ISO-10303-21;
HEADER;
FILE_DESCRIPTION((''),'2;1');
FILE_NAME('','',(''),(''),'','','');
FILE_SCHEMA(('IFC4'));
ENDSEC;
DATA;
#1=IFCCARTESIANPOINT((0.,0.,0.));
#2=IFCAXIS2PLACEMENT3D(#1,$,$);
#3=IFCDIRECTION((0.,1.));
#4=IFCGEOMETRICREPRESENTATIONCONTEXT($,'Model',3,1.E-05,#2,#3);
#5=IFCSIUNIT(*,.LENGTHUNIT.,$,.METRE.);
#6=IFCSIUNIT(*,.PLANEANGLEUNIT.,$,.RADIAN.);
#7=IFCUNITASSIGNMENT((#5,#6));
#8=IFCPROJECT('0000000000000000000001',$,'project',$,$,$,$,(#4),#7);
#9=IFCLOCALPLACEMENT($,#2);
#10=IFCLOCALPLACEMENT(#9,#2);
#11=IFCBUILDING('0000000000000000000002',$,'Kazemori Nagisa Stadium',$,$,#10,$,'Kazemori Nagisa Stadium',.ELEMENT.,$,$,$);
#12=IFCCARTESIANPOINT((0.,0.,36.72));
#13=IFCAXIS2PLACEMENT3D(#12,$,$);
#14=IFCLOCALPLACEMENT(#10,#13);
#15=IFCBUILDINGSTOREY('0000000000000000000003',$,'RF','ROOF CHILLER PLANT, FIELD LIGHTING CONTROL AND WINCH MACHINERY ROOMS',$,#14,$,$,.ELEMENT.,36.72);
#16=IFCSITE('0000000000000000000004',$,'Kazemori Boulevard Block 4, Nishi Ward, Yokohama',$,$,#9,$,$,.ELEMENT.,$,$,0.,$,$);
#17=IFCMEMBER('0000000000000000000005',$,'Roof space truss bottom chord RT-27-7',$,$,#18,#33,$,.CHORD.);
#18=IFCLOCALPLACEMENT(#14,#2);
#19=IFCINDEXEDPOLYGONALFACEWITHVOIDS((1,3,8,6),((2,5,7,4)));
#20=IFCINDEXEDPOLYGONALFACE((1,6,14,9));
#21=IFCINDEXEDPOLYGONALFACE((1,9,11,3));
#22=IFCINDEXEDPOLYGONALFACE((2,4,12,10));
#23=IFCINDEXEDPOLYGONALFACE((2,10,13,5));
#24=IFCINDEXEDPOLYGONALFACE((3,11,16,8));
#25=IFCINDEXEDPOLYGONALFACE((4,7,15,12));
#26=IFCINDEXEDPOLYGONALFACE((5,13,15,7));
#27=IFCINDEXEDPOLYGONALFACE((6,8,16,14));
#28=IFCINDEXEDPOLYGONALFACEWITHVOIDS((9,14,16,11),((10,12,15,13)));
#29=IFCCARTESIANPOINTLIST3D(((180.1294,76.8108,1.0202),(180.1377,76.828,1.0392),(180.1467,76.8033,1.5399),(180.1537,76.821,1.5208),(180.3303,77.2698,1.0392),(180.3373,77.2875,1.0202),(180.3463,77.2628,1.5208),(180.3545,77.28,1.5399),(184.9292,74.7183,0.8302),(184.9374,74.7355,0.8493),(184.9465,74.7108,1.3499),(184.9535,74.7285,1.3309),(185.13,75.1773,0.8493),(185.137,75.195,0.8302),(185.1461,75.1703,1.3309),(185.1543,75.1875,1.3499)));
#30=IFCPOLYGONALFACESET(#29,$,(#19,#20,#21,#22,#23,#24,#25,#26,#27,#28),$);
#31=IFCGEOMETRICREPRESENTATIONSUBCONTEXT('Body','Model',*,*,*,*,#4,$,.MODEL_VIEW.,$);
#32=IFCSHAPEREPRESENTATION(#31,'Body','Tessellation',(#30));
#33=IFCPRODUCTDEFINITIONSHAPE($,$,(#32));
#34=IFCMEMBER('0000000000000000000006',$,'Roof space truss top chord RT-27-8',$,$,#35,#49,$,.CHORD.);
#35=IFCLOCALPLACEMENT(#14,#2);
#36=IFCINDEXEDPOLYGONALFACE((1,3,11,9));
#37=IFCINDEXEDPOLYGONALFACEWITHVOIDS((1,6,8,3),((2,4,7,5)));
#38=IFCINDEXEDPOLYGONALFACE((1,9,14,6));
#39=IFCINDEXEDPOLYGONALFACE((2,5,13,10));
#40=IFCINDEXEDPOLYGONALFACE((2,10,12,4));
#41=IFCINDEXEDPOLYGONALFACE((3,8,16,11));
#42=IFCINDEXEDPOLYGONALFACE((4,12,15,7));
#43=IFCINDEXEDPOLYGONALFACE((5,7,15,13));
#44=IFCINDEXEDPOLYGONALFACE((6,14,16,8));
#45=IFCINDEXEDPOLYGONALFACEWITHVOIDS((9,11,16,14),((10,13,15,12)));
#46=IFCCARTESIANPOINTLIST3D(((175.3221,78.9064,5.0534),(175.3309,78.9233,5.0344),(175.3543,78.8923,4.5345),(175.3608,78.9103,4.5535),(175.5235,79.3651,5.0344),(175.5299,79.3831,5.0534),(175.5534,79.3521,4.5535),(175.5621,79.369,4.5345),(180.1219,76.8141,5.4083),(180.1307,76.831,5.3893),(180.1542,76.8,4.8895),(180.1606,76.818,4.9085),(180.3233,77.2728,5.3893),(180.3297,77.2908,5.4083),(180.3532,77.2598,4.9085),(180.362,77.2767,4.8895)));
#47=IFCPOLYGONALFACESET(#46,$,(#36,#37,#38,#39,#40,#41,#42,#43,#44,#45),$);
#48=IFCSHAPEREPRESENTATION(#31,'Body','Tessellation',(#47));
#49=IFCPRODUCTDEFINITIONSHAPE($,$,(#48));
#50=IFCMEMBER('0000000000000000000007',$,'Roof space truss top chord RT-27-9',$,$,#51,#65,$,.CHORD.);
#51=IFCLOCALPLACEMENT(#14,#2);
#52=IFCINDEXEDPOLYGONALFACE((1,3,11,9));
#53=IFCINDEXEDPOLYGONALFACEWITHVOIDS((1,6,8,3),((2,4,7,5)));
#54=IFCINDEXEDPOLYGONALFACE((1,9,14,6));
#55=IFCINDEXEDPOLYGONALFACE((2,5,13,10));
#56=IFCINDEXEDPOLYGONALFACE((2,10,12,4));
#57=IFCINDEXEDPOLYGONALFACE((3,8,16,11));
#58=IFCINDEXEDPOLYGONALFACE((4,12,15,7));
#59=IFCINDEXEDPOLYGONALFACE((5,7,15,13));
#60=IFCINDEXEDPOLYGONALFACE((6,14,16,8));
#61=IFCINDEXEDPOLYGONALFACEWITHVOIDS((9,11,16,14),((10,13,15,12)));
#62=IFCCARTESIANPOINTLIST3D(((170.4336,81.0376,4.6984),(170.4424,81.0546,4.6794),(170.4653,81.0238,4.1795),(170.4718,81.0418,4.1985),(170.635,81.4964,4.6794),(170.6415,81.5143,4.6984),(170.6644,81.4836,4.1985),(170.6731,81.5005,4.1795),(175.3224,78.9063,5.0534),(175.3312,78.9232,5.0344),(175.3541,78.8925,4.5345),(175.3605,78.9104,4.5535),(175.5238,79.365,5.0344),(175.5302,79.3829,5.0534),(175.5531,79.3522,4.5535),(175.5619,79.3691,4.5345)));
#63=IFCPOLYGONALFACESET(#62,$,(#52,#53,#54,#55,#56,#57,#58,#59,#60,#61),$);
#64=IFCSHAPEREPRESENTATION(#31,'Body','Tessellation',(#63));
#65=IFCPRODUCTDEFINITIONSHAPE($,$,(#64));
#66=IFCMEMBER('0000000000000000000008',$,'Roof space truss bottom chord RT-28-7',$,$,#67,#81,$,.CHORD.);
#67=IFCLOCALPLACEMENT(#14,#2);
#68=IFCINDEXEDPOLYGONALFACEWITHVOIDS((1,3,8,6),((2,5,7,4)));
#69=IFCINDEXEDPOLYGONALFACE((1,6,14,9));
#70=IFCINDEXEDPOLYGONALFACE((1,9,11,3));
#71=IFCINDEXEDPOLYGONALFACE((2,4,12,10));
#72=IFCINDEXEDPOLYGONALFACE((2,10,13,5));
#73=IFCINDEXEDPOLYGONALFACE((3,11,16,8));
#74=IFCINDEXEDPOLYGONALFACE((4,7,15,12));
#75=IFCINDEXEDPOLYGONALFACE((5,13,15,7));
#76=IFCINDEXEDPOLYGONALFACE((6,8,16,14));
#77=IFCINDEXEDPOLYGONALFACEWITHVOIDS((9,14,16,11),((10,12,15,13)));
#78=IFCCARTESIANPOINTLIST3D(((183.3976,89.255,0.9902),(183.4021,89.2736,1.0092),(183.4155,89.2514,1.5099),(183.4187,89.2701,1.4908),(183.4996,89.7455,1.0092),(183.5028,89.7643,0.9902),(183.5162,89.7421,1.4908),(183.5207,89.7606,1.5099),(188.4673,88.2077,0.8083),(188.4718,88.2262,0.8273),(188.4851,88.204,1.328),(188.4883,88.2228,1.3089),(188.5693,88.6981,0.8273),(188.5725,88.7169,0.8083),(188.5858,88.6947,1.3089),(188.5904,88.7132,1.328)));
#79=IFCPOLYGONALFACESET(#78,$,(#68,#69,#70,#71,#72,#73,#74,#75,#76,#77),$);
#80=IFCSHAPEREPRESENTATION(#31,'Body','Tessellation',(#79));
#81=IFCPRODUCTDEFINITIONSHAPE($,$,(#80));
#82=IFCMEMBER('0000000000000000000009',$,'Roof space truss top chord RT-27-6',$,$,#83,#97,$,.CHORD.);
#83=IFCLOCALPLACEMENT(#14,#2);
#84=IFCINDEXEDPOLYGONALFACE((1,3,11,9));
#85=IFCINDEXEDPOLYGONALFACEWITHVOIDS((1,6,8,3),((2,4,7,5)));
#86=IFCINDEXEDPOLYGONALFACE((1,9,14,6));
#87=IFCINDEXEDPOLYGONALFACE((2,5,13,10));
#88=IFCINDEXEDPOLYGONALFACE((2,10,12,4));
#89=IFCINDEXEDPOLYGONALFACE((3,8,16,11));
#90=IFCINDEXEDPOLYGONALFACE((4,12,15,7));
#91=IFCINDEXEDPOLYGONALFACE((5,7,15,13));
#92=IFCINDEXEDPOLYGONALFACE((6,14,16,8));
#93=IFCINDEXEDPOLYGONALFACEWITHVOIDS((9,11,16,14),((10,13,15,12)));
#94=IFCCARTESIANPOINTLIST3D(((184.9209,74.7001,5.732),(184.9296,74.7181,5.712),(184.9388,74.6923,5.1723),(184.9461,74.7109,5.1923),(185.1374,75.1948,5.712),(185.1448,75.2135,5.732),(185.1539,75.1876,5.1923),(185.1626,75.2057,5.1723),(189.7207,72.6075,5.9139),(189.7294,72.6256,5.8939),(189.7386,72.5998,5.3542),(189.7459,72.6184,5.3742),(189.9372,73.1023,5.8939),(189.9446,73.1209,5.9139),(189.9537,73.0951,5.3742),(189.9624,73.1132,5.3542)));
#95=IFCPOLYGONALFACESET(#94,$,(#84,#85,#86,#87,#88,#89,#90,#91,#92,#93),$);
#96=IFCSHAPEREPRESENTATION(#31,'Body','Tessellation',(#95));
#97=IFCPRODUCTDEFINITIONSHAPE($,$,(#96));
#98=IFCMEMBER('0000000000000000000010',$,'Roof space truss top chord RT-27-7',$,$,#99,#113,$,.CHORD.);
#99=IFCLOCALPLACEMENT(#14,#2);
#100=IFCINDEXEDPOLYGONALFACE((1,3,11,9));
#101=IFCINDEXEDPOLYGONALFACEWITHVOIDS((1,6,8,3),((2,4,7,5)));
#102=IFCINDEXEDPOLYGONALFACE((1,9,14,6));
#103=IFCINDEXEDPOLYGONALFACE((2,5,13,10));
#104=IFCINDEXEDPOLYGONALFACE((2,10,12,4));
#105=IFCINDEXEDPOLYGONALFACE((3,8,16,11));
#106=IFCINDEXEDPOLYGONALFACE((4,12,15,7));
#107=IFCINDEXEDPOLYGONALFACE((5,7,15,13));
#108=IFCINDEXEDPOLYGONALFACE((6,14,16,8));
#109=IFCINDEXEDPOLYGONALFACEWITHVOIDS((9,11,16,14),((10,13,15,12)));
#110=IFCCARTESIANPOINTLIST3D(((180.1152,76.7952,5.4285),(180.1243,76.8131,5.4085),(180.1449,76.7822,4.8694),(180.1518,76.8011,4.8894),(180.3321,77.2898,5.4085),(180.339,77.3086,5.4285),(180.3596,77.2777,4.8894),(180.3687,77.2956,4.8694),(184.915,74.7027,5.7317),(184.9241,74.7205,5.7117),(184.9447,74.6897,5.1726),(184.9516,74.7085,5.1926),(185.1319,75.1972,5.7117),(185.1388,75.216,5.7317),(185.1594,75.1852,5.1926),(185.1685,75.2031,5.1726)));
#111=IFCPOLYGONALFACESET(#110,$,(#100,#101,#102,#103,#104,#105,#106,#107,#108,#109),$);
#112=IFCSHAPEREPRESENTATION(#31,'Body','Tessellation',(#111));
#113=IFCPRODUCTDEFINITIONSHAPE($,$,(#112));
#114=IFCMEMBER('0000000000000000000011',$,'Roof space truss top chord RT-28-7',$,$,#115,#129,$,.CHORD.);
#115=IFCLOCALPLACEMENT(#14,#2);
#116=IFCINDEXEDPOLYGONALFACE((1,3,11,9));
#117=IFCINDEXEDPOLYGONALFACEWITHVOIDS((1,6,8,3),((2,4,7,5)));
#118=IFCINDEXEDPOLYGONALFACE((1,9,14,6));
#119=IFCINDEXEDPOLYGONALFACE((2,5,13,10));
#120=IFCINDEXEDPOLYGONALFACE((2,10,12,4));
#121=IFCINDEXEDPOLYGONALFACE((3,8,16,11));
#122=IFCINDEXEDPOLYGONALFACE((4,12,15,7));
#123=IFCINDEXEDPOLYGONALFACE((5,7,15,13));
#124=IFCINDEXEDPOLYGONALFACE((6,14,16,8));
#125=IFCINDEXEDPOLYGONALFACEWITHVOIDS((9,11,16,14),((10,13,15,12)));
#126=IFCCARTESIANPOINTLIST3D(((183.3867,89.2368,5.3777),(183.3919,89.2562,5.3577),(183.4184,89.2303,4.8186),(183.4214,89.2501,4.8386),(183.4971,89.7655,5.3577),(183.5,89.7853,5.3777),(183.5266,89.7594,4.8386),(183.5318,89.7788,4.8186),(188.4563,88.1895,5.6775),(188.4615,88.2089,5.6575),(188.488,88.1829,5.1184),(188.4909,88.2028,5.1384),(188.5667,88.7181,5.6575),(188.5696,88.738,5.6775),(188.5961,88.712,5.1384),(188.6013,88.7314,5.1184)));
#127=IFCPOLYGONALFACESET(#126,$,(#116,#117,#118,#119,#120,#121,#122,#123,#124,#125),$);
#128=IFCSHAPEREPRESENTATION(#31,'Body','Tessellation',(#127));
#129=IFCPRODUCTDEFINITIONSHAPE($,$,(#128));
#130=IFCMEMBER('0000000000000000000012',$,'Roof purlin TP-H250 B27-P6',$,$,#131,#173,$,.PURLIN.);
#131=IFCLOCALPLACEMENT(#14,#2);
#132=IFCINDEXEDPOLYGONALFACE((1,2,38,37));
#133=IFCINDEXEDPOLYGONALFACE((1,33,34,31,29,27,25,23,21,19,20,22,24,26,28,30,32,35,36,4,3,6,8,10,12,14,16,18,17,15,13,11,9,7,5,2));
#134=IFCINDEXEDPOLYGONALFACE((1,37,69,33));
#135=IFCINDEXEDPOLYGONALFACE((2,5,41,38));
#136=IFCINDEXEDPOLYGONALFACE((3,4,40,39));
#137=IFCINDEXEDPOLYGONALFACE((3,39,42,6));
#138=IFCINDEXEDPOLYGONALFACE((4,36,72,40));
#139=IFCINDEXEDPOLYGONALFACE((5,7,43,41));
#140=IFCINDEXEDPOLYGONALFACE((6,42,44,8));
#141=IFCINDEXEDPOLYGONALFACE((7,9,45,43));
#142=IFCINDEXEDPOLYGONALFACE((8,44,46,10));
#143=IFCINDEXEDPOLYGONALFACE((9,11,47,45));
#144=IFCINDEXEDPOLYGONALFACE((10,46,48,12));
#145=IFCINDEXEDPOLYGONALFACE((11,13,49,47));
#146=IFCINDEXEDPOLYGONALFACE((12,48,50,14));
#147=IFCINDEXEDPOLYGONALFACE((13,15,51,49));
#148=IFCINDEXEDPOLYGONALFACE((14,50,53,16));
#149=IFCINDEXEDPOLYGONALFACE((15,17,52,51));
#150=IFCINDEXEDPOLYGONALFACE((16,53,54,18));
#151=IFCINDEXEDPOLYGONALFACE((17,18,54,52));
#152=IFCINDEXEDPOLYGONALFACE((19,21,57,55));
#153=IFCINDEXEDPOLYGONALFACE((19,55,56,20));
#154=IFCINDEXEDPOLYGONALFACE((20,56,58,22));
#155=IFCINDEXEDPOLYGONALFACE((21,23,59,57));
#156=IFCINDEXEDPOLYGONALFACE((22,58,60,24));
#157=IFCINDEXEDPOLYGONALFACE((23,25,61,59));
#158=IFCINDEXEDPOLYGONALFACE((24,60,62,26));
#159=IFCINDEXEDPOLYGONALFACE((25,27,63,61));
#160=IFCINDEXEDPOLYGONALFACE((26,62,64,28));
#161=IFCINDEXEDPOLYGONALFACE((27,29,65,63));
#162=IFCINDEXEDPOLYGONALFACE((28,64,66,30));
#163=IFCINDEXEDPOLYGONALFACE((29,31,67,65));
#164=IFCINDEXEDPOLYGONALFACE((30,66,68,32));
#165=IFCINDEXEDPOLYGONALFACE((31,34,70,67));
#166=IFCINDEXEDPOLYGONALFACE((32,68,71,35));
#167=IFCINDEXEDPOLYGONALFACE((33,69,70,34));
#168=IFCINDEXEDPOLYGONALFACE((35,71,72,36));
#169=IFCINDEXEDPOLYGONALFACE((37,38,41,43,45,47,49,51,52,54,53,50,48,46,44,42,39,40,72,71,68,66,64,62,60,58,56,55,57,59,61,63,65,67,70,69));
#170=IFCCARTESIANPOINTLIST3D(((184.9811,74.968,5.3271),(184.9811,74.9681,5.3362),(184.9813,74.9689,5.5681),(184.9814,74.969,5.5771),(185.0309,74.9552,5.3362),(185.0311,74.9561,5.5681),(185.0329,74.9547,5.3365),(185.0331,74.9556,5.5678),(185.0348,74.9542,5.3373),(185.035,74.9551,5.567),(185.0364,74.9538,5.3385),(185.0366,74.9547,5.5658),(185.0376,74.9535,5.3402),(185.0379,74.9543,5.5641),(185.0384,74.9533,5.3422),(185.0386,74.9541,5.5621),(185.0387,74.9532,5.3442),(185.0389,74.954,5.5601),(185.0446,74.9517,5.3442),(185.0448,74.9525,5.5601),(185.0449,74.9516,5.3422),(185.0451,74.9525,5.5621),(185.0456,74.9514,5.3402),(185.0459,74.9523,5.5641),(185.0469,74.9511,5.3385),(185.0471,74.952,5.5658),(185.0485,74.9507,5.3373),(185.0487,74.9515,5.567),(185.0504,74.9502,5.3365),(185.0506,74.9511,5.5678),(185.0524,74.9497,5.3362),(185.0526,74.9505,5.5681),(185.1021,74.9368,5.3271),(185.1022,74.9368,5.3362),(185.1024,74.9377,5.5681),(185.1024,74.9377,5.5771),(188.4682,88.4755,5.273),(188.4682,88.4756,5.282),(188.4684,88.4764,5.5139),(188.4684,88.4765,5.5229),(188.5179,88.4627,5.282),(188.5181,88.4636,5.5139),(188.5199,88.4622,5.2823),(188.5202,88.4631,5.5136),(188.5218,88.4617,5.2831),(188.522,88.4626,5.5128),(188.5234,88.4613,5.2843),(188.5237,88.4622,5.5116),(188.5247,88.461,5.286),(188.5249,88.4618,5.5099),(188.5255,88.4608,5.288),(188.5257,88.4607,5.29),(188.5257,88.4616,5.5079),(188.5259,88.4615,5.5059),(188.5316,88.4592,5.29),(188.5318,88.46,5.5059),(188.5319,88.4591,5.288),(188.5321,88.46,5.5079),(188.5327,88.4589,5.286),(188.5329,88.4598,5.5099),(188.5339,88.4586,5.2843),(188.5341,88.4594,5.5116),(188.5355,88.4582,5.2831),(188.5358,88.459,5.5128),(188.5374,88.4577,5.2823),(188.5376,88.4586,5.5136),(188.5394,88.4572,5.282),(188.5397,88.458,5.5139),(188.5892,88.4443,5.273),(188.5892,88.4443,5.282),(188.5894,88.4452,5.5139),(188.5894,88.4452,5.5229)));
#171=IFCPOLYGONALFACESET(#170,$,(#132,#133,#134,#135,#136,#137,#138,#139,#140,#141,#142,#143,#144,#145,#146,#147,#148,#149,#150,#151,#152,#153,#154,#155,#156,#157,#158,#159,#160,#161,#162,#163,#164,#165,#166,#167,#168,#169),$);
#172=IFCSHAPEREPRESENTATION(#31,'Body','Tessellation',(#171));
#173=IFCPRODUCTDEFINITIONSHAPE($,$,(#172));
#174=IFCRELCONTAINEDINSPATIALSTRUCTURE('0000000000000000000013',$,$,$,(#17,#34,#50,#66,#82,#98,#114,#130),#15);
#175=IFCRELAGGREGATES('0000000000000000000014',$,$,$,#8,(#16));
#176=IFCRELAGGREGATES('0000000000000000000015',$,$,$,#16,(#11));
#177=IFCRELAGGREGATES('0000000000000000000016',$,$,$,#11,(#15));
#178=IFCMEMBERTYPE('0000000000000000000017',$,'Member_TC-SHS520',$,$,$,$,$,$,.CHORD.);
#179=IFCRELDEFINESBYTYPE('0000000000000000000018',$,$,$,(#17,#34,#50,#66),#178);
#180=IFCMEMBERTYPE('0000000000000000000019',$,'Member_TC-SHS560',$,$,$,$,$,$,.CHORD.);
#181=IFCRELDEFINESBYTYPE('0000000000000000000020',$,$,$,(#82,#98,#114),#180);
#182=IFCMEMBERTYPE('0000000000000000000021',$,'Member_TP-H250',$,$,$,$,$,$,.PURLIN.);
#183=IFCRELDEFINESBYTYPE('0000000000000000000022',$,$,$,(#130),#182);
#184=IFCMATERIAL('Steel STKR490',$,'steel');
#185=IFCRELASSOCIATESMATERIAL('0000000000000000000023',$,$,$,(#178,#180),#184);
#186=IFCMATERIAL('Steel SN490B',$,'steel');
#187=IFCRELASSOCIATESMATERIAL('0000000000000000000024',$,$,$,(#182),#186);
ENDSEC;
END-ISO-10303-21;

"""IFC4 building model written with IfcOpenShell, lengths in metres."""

from ifc_helpers import new_model, si_unit, direction, frame, origin, origin_2d, place, context, subcontext, project, spatial, hollow_rectangle, i_section, extrude, material, material_profile, profile_set, type_object, element, save


model = new_model("IFC4")

# Units and contexts
model_context = context("Model", 3, precision=1e-05, world=origin(), true_north=direction((0.0, 1.0)))
body_context = subcontext(model_context, "Body", "Model", "MODEL_VIEW")
ifc_project = project(units=[si_unit("LENGTHUNIT", "METRE"), si_unit("PLANEANGLEUNIT", "RADIAN")], contexts=[model_context])

# Site, building, storey
site_placement = place(None, origin())
site = spatial("IfcSite", under=ifc_project, at=site_placement, Name="Kazemori Boulevard Block 4, Nishi Ward, Yokohama", CompositionType="ELEMENT", RefElevation=0.0)
building_placement = place(site_placement, origin())
building = spatial("IfcBuilding", under=site, at=building_placement, Name="Kazemori Nagisa Stadium", LongName="Kazemori Nagisa Stadium", CompositionType="ELEMENT")
storey_placement = place(building_placement, frame((0.0, 0.0, 36.72)))
storey = spatial("IfcBuildingStorey", under=building, at=storey_placement, Name="RF", Description="ROOF CHILLER PLANT, FIELD LIGHTING CONTROL AND WINCH MACHINERY ROOMS", CompositionType="ELEMENT", Elevation=36.72)

# Members
ifc_material_1 = material(Name="Steel STKR490", Category="steel")
ifc_material_profile_1 = material_profile(ifc_material_1, hollow_rectangle(XDim=0.52, YDim=0.52, WallThickness=0.019, at=origin_2d()), Name="SHS-520x520x19")
ifc_profile_set_1 = profile_set([ifc_material_profile_1], Name="Steel STKR490")
member_type_1 = type_object("IfcMemberType", Name="Member_TC-SHS520", PredefinedType="CHORD", material=ifc_profile_set_1)
member_1_placement = place(storey_placement, frame((185.0417, 74.9529, 1.0901), z_axis=(-0.916072, 0.399372, 0.036251), x_axis=(-0.399635, -0.916675, 0.0)))
element("IfcMember", 1, at=member_1_placement, inside=storey, type_object=member_type_1, Name="Roof space truss bottom chord RT-27-7", PredefinedType="CHORD", context=body_context, shape_type="SweptSolid", body=[
    extrude(hollow_rectangle(XDim=0.52, YDim=0.52, WallThickness=0.019, at=origin_2d()), origin(), (0.0, 0.0, 1.0), 5.2395),
])
member_2_placement = place(storey_placement, frame((180.2419, 77.0454, 5.1489), z_axis=(-0.914592, 0.39868, -0.067641), x_axis=(-0.399595, -0.916692, 0.0)))
element("IfcMember", 2, at=member_2_placement, inside=storey, type_object=member_type_1, Name="Roof space truss top chord RT-27-8", PredefinedType="CHORD", context=body_context, shape_type="SweptSolid", body=[
    extrude(hollow_rectangle(XDim=0.52, YDim=0.52, WallThickness=0.019, at=origin_2d()), origin(), (0.0, 0.0, 1.0), 5.248),
])
member_3_placement = place(storey_placement, frame((175.4421, 79.1377, 4.7939), z_axis=(-0.914645, 0.398764, -0.066415), x_axis=(-0.399647, -0.916669, 0.0)))
element("IfcMember", 3, at=member_3_placement, inside=storey, type_object=member_type_1, Name="Roof space truss top chord RT-27-9", PredefinedType="CHORD", context=body_context, shape_type="SweptSolid", body=[
    extrude(hollow_rectangle(XDim=0.52, YDim=0.52, WallThickness=0.019, at=origin_2d()), origin(), (0.0, 0.0, 1.0), 5.345),
])
member_4_placement = place(storey_placement, frame((188.5288, 88.4604, 1.0681), z_axis=(-0.978715, 0.2022, 0.035114), x_axis=(-0.202325, -0.979318, 0.0)))
element("IfcMember", 4, at=member_4_placement, inside=storey, type_object=member_type_1, Name="Roof space truss bottom chord RT-28-7", PredefinedType="CHORD", context=body_context, shape_type="SweptSolid", body=[
    extrude(hollow_rectangle(XDim=0.52, YDim=0.52, WallThickness=0.019, at=origin_2d()), origin(), (0.0, 0.0, 1.0), 5.1799),
])
ifc_material_profile_2 = material_profile(ifc_material_1, hollow_rectangle(XDim=0.5601, YDim=0.5601, WallThickness=0.02, at=origin_2d()), Name="SHS-560x560x20")
ifc_profile_set_2 = profile_set([ifc_material_profile_2], Name="Steel STKR490")
member_type_2 = type_object("IfcMemberType", Name="Member_TC-SHS560", PredefinedType="CHORD", material=ifc_profile_set_2)
member_5_placement = place(storey_placement, frame((189.8416, 72.8604, 5.634), z_axis=(-0.916122, 0.399394, -0.034716), x_axis=(-0.399635, -0.916675, 0.0)))
element("IfcMember", 5, at=member_5_placement, inside=storey, type_object=member_type_2, Name="Roof space truss top chord RT-27-6", PredefinedType="CHORD", context=body_context, shape_type="SweptSolid", body=[
    extrude(hollow_rectangle(XDim=0.5601, YDim=0.5601, WallThickness=0.02, at=origin_2d()), origin(), (0.0, 0.0, 1.0), 5.2393),
])
member_6_placement = place(storey_placement, frame((185.0417, 74.9529, 5.4521), z_axis=(-0.915141, 0.398966, -0.057813), x_axis=(-0.399635, -0.916675, 0.0)))
element("IfcMember", 6, at=member_6_placement, inside=storey, type_object=member_type_2, Name="Roof space truss top chord RT-27-7", PredefinedType="CHORD", context=body_context, shape_type="SweptSolid", body=[
    extrude(hollow_rectangle(XDim=0.5601, YDim=0.5601, WallThickness=0.02, at=origin_2d()), origin(), (0.0, 0.0, 1.0), 5.2449),
])
member_7_placement = place(storey_placement, frame((188.5288, 88.4604, 5.3979), z_axis=(-0.97768, 0.201986, -0.057818), x_axis=(-0.202325, -0.979318, 0.0)))
element("IfcMember", 7, at=member_7_placement, inside=storey, type_object=member_type_2, Name="Roof space truss top chord RT-28-7", PredefinedType="CHORD", context=body_context, shape_type="SweptSolid", body=[
    extrude(hollow_rectangle(XDim=0.5601, YDim=0.5601, WallThickness=0.02, at=origin_2d()), origin(), (0.0, 0.0, 1.0), 5.1853),
])
ifc_material_2 = material(Name="Steel SN490B", Category="steel")
ifc_material_profile_3 = material_profile(ifc_material_2, i_section(OverallWidth=0.125, OverallDepth=0.25, WebThickness=0.0061, FlangeThickness=0.009, FilletRadius=0.0081, at=origin_2d()), Name="H-250x125x6x9")
ifc_profile_set_3 = profile_set([ifc_material_profile_3], Name="Steel SN490B")
member_type_3 = type_object("IfcMemberType", Name="Member_TP-H250", PredefinedType="PURLIN", material=ifc_profile_set_3)
member_8_placement = place(storey_placement, frame((185.0417, 74.9529, 5.4521), z_axis=(0.249959, 0.968249, -0.003885), x_axis=(-0.968256, 0.249961, 0.0)))
element("IfcMember", 8, at=member_8_placement, inside=storey, type_object=member_type_3, Name="Roof purlin TP-H250 B27-P6", PredefinedType="PURLIN", context=body_context, shape_type="SweptSolid", body=[
    extrude(i_section(OverallWidth=0.125, OverallDepth=0.25, WebThickness=0.0061, FlangeThickness=0.009, FilletRadius=0.0081, at=origin_2d()), origin(), (0.0, 0.0, 1.0), 13.9504),
])

save(model, "model.ifc")
